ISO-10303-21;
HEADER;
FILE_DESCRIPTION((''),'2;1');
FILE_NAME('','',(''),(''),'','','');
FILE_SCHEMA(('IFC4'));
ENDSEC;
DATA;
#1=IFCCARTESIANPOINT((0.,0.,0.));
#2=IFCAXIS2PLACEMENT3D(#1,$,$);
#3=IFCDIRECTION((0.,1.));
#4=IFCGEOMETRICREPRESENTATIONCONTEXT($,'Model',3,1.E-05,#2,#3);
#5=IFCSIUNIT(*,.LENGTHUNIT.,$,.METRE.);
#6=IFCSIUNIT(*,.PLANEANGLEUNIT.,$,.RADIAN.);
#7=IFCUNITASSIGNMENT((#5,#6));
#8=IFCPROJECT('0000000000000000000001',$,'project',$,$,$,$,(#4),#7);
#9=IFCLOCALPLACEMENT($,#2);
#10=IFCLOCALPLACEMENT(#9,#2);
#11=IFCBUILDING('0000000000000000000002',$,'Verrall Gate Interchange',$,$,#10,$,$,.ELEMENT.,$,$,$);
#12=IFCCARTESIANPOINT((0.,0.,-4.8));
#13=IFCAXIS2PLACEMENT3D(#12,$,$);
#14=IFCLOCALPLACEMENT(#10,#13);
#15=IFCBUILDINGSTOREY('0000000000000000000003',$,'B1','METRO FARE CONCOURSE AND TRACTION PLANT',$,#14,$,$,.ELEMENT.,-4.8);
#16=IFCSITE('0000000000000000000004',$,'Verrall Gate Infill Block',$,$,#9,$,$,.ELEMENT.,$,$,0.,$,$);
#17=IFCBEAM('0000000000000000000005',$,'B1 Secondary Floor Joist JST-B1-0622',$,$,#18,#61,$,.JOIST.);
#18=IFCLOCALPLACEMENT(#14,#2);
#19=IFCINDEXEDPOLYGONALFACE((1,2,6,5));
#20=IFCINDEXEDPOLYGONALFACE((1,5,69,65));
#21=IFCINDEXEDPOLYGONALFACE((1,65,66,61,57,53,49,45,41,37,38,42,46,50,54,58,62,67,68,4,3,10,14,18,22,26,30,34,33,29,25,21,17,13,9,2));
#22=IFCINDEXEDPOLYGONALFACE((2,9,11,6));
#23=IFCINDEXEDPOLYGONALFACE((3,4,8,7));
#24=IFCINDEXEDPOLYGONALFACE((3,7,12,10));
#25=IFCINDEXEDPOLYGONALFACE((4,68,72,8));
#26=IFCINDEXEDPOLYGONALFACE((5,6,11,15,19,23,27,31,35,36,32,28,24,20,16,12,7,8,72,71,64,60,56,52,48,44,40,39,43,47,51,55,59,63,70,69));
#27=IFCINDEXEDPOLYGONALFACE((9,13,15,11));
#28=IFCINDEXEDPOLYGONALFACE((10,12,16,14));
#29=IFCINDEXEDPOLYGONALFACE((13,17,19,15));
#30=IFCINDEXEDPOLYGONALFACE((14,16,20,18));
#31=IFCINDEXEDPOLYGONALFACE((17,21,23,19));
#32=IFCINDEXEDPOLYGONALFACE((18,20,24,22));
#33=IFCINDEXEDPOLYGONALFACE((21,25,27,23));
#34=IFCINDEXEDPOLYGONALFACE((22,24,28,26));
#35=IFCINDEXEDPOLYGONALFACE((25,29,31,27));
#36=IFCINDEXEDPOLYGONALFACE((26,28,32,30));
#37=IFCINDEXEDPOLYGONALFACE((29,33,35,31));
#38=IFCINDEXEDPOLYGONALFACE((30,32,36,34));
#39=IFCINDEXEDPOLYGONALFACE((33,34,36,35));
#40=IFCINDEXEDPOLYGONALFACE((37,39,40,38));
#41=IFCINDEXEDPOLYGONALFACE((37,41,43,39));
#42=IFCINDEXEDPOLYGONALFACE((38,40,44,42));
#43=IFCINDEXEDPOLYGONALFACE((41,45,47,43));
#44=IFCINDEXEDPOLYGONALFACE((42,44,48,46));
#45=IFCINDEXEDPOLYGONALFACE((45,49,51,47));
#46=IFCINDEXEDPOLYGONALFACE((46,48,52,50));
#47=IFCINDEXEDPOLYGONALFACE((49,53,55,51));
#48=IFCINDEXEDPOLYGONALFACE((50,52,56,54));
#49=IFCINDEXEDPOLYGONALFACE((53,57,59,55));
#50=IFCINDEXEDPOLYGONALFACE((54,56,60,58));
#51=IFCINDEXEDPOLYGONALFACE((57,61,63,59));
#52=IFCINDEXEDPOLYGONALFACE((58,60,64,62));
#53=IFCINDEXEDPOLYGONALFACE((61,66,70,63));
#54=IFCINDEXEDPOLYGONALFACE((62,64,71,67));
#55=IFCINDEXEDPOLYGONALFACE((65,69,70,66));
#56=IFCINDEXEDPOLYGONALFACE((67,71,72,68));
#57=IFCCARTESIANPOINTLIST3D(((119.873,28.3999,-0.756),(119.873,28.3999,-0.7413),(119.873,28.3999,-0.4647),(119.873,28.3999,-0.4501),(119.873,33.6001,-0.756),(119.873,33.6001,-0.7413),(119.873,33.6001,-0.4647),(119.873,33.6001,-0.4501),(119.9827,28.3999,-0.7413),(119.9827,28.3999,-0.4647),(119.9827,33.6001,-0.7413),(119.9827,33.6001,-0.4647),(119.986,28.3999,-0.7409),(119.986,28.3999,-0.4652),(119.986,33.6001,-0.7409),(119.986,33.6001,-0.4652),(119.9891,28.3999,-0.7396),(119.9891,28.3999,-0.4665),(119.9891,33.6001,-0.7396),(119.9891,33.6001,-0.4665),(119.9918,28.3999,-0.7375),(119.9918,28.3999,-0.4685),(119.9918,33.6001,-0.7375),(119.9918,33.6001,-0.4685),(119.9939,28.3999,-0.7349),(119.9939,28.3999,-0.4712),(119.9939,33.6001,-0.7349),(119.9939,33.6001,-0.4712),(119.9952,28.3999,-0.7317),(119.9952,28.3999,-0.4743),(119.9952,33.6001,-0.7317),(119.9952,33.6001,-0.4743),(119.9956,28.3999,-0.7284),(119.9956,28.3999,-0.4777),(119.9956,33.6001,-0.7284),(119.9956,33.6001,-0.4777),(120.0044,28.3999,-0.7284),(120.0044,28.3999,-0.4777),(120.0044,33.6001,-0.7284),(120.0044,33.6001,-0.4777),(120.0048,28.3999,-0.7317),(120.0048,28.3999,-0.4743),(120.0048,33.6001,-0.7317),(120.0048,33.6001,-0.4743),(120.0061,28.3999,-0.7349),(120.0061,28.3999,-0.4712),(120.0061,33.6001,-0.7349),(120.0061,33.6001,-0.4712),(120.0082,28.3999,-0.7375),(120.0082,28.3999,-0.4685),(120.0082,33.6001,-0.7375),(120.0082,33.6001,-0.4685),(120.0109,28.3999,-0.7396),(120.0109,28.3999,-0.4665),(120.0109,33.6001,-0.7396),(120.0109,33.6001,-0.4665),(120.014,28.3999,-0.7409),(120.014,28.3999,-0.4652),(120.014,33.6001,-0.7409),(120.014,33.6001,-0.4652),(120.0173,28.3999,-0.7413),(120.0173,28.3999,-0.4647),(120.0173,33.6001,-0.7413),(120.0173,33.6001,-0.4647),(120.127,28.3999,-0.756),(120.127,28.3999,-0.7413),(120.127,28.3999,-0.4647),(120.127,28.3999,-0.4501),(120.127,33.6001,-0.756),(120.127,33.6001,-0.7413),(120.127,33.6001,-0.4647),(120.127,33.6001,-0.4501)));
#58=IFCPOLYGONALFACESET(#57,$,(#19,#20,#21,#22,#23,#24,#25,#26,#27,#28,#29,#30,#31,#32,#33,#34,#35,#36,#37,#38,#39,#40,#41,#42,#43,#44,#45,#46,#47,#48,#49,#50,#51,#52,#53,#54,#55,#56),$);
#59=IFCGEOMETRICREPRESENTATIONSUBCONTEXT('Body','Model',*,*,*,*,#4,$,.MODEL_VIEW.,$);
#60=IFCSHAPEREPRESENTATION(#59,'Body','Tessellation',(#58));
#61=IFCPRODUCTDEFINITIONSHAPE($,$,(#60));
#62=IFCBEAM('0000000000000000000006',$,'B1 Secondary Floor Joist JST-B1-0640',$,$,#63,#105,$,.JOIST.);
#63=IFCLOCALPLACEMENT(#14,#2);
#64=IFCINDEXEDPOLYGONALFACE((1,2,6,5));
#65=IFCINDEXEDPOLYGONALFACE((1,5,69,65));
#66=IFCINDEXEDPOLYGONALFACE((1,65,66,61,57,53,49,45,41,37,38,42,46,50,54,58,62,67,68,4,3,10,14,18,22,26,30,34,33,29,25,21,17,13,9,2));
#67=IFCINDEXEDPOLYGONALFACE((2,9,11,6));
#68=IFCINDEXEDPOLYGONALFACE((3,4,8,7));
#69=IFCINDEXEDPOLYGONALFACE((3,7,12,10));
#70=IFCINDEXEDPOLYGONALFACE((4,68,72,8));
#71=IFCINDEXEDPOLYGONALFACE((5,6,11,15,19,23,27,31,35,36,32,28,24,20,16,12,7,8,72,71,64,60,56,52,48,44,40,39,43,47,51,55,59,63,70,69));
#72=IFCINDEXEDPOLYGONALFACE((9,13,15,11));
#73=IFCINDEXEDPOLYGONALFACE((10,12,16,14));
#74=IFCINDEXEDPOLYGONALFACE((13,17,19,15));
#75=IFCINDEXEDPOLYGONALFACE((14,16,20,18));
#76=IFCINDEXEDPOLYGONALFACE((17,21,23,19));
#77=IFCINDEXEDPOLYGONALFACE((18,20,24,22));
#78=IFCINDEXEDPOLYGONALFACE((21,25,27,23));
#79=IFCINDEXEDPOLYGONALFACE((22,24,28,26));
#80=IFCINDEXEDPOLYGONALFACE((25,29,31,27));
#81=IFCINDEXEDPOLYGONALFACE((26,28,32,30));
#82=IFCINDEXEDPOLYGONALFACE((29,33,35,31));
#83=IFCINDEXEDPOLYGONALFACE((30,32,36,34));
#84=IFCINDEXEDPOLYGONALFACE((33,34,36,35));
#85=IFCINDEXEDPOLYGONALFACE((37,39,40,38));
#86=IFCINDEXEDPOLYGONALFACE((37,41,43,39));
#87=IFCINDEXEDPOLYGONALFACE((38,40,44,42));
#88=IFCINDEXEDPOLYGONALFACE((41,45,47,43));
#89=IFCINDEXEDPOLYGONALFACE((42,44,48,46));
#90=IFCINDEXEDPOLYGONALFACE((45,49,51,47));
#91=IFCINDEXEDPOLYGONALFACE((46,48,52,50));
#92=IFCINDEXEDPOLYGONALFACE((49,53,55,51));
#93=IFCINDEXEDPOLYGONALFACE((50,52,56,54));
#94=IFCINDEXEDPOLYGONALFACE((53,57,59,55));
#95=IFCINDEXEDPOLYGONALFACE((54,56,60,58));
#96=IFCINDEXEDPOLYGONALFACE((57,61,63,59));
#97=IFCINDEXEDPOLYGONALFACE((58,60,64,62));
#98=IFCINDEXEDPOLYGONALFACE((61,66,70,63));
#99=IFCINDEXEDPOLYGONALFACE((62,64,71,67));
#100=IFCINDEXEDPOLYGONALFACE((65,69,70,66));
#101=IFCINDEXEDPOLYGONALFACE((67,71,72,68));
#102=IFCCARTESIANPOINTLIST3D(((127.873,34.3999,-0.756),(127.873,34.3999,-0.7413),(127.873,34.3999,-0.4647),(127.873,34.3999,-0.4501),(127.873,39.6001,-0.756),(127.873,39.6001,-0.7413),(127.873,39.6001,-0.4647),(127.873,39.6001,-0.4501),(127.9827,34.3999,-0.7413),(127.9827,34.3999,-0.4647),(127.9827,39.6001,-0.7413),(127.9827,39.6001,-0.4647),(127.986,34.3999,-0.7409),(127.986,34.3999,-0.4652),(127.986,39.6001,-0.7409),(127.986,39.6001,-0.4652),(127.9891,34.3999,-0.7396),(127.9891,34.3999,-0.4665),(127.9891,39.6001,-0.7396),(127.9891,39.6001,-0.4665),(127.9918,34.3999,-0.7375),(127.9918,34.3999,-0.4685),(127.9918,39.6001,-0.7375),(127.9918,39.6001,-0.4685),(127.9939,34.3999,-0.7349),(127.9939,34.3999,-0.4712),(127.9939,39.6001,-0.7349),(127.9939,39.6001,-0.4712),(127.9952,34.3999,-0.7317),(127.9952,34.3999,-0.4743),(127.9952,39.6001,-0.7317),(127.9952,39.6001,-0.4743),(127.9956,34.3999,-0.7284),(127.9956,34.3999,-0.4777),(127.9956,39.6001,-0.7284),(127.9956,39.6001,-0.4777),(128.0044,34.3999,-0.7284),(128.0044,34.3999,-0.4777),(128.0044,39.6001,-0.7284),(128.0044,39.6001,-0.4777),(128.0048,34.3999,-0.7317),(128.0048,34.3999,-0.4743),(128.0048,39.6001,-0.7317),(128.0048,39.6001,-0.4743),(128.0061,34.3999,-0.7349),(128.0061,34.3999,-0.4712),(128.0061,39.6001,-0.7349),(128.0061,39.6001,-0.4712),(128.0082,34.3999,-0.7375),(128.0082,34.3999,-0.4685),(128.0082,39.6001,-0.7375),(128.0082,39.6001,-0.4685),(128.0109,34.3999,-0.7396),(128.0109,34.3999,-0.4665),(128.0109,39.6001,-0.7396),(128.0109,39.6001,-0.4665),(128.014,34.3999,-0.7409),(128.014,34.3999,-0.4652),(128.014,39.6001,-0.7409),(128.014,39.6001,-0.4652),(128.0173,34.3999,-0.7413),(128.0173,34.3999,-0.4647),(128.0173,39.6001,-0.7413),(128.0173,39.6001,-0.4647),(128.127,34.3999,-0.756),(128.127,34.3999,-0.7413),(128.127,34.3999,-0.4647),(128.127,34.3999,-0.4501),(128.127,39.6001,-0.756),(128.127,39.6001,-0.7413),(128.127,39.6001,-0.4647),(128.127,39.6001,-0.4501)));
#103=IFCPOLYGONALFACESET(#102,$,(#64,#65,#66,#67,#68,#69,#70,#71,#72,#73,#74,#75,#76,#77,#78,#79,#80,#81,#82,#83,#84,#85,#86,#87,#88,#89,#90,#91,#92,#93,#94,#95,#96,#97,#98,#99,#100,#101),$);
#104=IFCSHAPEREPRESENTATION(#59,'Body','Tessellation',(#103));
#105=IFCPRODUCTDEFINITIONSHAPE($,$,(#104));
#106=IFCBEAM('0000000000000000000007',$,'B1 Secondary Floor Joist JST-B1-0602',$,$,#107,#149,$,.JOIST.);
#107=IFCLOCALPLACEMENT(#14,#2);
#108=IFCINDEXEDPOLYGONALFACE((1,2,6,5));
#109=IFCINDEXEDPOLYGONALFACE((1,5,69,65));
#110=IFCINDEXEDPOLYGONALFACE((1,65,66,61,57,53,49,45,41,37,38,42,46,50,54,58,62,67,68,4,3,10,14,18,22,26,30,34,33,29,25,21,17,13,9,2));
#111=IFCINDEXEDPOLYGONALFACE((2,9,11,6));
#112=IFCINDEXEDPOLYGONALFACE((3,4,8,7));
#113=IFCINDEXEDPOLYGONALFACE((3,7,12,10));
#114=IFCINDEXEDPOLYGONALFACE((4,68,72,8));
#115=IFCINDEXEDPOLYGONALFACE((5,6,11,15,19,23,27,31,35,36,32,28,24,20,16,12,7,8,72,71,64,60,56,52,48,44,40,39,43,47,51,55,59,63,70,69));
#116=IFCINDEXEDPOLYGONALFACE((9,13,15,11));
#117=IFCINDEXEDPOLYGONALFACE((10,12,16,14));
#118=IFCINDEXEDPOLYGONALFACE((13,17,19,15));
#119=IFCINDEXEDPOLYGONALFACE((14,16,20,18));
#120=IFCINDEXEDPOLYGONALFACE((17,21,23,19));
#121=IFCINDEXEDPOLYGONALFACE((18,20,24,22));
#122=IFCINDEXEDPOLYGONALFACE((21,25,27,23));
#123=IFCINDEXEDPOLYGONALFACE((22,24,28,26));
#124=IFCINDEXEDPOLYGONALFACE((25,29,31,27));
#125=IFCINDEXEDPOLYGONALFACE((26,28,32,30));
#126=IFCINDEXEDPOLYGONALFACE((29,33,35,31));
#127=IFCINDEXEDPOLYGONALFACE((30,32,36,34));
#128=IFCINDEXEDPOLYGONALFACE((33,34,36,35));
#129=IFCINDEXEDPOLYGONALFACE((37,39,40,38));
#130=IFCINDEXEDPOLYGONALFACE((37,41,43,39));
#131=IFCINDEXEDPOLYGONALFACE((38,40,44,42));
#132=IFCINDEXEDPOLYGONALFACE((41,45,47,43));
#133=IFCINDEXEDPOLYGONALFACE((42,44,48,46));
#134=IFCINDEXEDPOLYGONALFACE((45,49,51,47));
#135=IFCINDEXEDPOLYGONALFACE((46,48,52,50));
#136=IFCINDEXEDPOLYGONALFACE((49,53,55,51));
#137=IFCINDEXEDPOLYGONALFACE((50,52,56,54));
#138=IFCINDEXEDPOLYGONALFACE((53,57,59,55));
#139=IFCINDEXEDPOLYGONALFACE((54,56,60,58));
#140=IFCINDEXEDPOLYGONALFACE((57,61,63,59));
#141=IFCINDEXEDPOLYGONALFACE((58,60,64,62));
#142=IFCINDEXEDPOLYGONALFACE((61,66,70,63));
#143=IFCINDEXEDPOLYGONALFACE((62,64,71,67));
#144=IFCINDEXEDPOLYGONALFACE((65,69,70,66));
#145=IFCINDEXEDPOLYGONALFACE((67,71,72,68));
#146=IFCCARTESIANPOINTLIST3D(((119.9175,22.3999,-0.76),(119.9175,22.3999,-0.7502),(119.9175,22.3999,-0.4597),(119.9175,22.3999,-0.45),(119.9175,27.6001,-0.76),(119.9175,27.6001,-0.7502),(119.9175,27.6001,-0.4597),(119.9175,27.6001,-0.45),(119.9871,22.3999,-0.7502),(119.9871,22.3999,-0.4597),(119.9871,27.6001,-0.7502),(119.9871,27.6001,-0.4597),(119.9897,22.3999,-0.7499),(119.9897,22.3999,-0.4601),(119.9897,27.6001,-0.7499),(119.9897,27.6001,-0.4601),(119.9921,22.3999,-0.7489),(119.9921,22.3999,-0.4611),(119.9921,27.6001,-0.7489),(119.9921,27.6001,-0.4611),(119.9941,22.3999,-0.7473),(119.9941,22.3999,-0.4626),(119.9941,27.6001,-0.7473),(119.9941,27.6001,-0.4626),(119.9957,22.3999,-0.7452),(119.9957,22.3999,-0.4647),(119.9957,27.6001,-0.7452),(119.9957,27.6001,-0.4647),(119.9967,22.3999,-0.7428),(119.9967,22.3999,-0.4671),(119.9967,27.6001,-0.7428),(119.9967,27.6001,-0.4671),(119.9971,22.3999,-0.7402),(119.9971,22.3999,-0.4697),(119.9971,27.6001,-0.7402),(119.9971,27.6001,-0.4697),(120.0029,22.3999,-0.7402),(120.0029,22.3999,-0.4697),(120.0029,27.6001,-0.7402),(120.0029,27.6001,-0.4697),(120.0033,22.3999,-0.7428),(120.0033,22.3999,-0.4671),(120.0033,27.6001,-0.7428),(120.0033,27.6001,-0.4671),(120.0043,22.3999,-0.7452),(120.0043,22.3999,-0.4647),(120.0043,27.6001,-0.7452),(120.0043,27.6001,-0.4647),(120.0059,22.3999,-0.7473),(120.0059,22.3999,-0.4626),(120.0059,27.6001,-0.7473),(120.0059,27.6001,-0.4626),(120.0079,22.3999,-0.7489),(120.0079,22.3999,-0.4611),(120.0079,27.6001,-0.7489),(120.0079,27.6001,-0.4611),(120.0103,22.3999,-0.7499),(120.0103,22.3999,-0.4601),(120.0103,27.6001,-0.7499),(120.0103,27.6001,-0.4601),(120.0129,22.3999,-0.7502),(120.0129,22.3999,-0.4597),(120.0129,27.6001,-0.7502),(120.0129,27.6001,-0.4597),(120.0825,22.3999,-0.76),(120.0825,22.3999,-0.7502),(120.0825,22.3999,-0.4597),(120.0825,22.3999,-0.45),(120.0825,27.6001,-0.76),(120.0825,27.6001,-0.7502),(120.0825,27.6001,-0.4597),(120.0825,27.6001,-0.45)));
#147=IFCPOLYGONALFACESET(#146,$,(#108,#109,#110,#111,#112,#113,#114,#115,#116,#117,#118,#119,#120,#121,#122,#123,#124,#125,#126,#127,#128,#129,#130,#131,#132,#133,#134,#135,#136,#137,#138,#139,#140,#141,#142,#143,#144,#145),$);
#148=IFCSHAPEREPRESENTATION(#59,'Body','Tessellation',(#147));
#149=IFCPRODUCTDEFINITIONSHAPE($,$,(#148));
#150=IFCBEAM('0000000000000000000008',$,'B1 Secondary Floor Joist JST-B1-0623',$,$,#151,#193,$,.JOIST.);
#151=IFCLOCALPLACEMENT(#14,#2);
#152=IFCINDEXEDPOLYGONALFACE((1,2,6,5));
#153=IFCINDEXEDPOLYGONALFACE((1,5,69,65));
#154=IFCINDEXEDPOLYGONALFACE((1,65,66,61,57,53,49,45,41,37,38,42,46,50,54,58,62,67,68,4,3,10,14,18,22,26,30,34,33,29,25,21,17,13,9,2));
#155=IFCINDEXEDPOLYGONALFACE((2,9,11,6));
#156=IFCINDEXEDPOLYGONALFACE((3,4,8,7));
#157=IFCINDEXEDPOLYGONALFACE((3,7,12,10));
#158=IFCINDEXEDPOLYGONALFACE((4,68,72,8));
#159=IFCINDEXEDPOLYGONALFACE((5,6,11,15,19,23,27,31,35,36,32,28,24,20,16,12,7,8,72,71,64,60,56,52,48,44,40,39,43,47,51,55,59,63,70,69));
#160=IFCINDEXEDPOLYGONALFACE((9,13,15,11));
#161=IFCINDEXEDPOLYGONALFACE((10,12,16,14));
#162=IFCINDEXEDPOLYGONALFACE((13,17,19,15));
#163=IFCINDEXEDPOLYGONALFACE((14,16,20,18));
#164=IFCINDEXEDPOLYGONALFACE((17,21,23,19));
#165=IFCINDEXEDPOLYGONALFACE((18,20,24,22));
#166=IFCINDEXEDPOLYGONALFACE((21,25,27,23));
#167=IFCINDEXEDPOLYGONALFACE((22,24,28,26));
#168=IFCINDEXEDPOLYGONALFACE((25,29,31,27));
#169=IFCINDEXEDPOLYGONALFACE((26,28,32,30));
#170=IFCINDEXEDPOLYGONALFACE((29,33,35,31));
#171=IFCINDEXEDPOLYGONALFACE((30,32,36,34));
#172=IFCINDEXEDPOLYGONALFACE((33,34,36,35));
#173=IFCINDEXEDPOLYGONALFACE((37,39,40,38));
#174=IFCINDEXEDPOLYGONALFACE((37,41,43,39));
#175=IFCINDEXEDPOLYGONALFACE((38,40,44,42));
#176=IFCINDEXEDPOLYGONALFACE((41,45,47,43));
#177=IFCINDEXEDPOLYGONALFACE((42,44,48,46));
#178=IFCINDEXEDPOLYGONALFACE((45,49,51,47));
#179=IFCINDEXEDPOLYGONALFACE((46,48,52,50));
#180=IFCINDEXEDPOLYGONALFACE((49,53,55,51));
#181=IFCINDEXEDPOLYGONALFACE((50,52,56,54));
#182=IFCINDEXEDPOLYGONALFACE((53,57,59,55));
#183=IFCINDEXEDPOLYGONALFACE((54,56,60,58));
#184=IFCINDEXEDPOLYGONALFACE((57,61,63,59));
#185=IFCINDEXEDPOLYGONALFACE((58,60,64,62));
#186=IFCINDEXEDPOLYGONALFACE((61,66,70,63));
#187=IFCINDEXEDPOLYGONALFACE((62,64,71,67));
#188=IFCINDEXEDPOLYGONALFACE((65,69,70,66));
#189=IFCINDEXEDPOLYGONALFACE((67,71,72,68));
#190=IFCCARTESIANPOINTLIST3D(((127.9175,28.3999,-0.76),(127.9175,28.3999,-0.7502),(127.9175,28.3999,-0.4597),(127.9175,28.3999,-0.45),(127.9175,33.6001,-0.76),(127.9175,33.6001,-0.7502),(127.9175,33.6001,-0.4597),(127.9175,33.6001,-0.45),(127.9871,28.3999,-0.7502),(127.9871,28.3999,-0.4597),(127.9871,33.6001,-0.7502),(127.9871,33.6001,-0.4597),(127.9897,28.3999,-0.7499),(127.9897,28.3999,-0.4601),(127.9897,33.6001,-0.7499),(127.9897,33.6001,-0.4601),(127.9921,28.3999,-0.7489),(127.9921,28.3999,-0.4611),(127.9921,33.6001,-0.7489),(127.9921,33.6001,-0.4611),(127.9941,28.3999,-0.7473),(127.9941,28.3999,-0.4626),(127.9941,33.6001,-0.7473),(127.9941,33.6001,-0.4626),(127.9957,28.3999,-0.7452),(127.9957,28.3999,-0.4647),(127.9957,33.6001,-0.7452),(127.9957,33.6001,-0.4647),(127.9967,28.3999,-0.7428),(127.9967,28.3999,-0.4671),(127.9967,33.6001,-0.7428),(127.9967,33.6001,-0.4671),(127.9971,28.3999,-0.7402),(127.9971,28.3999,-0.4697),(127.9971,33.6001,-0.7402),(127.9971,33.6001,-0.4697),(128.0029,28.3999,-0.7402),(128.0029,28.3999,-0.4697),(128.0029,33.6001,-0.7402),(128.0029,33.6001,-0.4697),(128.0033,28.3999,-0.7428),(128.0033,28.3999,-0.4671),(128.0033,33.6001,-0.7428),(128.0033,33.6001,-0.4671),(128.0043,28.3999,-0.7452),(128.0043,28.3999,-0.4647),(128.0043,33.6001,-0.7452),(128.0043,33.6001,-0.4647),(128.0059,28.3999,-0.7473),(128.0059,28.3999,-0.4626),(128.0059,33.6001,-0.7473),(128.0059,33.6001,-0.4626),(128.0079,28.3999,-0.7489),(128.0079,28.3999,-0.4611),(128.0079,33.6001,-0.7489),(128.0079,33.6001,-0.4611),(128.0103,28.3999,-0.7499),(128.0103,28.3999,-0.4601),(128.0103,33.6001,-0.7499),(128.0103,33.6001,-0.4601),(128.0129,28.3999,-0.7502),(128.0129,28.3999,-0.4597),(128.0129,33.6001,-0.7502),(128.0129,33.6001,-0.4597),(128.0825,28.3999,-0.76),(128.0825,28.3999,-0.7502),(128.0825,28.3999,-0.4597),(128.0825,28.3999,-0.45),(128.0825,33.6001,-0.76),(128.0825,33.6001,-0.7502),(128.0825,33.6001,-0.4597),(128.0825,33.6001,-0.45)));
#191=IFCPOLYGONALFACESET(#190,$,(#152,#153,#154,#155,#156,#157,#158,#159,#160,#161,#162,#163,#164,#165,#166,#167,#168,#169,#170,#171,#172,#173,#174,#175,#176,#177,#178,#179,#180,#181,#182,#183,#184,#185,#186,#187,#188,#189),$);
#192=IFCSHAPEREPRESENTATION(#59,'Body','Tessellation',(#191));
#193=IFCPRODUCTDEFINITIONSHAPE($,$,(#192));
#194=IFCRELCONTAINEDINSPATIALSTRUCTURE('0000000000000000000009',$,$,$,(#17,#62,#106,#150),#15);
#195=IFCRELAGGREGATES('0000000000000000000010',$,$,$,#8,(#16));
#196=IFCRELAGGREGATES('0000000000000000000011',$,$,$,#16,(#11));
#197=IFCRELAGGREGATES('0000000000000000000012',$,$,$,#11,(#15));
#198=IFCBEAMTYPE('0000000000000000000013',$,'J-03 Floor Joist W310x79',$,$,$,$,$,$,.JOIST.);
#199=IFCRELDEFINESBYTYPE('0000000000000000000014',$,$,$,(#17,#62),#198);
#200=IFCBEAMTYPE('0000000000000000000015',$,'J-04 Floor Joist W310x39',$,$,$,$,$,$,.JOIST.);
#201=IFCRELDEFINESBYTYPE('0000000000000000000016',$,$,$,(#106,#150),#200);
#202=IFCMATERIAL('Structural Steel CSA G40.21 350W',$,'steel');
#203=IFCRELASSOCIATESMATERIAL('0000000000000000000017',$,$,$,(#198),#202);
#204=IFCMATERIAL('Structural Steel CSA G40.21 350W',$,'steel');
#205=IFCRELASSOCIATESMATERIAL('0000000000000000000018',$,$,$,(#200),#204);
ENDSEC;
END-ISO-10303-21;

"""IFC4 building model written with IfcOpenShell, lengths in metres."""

from ifc_helpers import new_model, si_unit, direction, frame, origin, origin_2d, place, context, subcontext, project, spatial, i_section, extrude, material, material_profile, profile_set, type_object, element, save


model = new_model("IFC4")

# Units and contexts
model_context = context("Model", 3, precision=1e-05, world=origin(), true_north=direction((0.0, 1.0)))
body_context = subcontext(model_context, "Body", "Model", "MODEL_VIEW")
ifc_project = project(units=[si_unit("LENGTHUNIT", "METRE"), si_unit("PLANEANGLEUNIT", "RADIAN")], contexts=[model_context])

# Site, building, storey
site_placement = place(None, origin())
site = spatial("IfcSite", under=ifc_project, at=site_placement, Name="Verrall Gate Infill Block", CompositionType="ELEMENT", RefElevation=0.0)
building_placement = place(site_placement, origin())
building = spatial("IfcBuilding", under=site, at=building_placement, Name="Verrall Gate Interchange", CompositionType="ELEMENT")
storey_placement = place(building_placement, frame((0.0, 0.0, -4.8)))
storey = spatial("IfcBuildingStorey", under=building, at=storey_placement, Name="B1", Description="METRO FARE CONCOURSE AND TRACTION PLANT", CompositionType="ELEMENT", Elevation=-4.8)

# Beams
ifc_material_1 = material(Name="Structural Steel CSA G40.21 350W", Category="steel")
ifc_material_profile_1 = material_profile(ifc_material_1, i_section(OverallWidth=0.2539, OverallDepth=0.3059, WebThickness=0.0088, FlangeThickness=0.0146, FilletRadius=0.0129, at=origin_2d()), Name="W310x79")
ifc_profile_set_1 = profile_set([ifc_material_profile_1], Name="Structural Steel CSA G40.21 350W")
beam_type_1 = type_object("IfcBeamType", Name="J-03 Floor Joist W310x79", PredefinedType="JOIST", material=ifc_profile_set_1)
for number, where, z_axis, x_axis, name in (
    (1, (120.0, 28.3999, -0.603), (0.0, 1.0, 0.0), (-1.0, 0.0, 0.0), "B1 Secondary Floor Joist JST-B1-0622"),
    (2, (128.0, 34.3999, -0.603), (0.0, 1.0, 0.0), (-1.0, 0.0, 0.0), "B1 Secondary Floor Joist JST-B1-0640"),
):
    element("IfcBeam", number, at=place(storey_placement, frame(where, z_axis=z_axis, x_axis=x_axis)), inside=storey, type_object=beam_type_1, Name=name, PredefinedType="JOIST", context=body_context, shape_type="SweptSolid", body=[
        extrude(i_section(OverallWidth=0.2539, OverallDepth=0.3059, WebThickness=0.0088, FlangeThickness=0.0146, FilletRadius=0.0129, at=origin_2d()), origin(), (0.0, 0.0, 1.0), 5.2002),
    ])
ifc_material_2 = material(Name="Structural Steel CSA G40.21 350W", Category="steel")
ifc_material_profile_2 = material_profile(ifc_material_2, i_section(OverallWidth=0.165, OverallDepth=0.3101, WebThickness=0.0059, FlangeThickness=0.0098, FilletRadius=0.01, at=origin_2d()), Name="W310x39")
ifc_profile_set_2 = profile_set([ifc_material_profile_2], Name="Structural Steel CSA G40.21 350W")
beam_type_2 = type_object("IfcBeamType", Name="J-04 Floor Joist W310x39", PredefinedType="JOIST", material=ifc_profile_set_2)
for number, where, z_axis, x_axis, name in (
    (3, (120.0, 22.3999, -0.605), (0.0, 1.0, 0.0), (-1.0, 0.0, 0.0), "B1 Secondary Floor Joist JST-B1-0602"),
    (4, (128.0, 28.3999, -0.605), (0.0, 1.0, 0.0), (-1.0, 0.0, 0.0), "B1 Secondary Floor Joist JST-B1-0623"),
):
    element("IfcBeam", number, at=place(storey_placement, frame(where, z_axis=z_axis, x_axis=x_axis)), inside=storey, type_object=beam_type_2, Name=name, PredefinedType="JOIST", context=body_context, shape_type="SweptSolid", body=[
        extrude(i_section(OverallWidth=0.165, OverallDepth=0.3101, WebThickness=0.0059, FlangeThickness=0.0098, FilletRadius=0.01, at=origin_2d()), origin(), (0.0, 0.0, 1.0), 5.2002),
    ])

save(model, "model.ifc")
